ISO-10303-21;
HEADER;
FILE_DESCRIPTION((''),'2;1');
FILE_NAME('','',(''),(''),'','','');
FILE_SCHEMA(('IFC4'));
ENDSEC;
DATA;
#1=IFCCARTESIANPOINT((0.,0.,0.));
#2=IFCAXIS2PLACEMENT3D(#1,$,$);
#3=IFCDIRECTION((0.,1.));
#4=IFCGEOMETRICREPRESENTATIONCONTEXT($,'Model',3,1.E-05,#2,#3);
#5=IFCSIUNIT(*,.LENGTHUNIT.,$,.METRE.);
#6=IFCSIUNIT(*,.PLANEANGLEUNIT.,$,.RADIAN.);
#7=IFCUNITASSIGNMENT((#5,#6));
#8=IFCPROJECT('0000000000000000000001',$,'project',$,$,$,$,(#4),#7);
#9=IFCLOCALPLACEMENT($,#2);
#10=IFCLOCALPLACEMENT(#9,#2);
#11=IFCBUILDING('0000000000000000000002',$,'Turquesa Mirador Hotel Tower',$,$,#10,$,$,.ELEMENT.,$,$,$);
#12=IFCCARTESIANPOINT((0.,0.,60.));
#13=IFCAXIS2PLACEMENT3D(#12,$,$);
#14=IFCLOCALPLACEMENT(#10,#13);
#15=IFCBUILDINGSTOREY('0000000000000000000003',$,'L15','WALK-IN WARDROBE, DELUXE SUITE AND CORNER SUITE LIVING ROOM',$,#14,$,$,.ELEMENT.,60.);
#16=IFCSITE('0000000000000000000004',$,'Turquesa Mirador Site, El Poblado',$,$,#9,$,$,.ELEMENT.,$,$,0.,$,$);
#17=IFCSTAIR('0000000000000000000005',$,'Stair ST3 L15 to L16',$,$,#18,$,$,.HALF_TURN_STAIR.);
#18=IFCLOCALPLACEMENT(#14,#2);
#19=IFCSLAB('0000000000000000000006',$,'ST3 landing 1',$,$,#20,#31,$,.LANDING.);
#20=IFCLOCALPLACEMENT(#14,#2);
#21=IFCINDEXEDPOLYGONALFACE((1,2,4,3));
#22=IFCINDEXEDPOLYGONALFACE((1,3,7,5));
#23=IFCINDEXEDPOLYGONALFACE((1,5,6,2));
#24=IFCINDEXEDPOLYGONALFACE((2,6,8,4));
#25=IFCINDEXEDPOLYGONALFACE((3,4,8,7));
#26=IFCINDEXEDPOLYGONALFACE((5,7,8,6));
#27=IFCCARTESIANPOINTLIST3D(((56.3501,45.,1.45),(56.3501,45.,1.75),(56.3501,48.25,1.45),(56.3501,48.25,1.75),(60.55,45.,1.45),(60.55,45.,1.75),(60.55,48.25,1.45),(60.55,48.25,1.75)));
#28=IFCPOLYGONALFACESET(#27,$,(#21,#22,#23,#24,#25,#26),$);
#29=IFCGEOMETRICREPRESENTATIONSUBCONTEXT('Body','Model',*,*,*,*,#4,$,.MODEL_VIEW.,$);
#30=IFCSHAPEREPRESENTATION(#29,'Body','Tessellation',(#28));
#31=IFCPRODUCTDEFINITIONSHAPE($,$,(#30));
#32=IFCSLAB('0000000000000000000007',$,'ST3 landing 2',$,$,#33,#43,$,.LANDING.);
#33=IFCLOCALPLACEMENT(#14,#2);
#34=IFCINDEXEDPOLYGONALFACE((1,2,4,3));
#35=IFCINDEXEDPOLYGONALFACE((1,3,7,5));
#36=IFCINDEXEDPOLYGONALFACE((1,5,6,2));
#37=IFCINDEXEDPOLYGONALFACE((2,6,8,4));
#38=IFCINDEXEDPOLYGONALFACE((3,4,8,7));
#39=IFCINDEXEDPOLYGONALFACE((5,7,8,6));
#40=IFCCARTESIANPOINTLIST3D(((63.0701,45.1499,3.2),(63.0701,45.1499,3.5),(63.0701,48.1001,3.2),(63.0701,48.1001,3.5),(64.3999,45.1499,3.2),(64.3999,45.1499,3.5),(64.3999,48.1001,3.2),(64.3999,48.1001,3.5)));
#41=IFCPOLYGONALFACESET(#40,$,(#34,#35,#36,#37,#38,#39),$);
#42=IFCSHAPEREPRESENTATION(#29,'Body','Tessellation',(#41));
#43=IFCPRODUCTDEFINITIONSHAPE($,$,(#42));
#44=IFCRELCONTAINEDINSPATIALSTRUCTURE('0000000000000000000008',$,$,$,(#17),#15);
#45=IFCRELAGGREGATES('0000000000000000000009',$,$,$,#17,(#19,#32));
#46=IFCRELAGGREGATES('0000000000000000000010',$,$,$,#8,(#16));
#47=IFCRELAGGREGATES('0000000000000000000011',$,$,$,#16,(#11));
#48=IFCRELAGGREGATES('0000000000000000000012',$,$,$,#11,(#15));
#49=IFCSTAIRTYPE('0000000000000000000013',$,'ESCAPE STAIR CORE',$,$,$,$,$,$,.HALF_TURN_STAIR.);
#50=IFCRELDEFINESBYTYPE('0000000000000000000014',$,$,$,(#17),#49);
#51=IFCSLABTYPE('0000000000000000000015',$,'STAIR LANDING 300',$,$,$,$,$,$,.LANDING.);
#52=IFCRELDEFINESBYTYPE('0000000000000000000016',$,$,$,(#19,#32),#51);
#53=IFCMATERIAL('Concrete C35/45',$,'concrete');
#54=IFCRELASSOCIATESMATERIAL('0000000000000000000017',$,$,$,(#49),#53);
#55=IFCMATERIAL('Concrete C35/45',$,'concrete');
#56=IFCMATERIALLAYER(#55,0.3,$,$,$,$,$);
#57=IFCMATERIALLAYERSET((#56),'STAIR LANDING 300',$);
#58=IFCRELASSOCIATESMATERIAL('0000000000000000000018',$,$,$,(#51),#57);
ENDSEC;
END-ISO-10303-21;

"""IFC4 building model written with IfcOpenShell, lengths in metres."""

from ifc_helpers import new_model, si_unit, direction, frame, origin, place, context, subcontext, project, spatial, polyline, outline, extrude, material, layer, layer_set, type_object, element, aggregate, save


model = new_model("IFC4")

# Units and contexts
model_context = context("Model", 3, precision=1e-05, world=origin(), true_north=direction((0.0, 1.0)))
body_context = subcontext(model_context, "Body", "Model", "MODEL_VIEW")
ifc_project = project(units=[si_unit("LENGTHUNIT", "METRE"), si_unit("PLANEANGLEUNIT", "RADIAN")], contexts=[model_context])

# Site, building, storey
site_placement = place(None, origin())
site = spatial("IfcSite", under=ifc_project, at=site_placement, Name="Turquesa Mirador Site, El Poblado", CompositionType="ELEMENT", RefElevation=0.0)
building_placement = place(site_placement, origin())
building = spatial("IfcBuilding", under=site, at=building_placement, Name="Turquesa Mirador Hotel Tower", CompositionType="ELEMENT")
storey_placement = place(building_placement, frame((0.0, 0.0, 60.0)))
storey = spatial("IfcBuildingStorey", under=building, at=storey_placement, Name="L15", Description="WALK-IN WARDROBE, DELUXE SUITE AND CORNER SUITE LIVING ROOM", CompositionType="ELEMENT", Elevation=60.0)

# Stair, slabs
ifc_material_1 = material(Name="Concrete C35/45", Category="concrete")
stair_type = type_object("IfcStairType", Name="ESCAPE STAIR CORE", PredefinedType="HALF_TURN_STAIR", material=ifc_material_1)
ifc_material_2 = material(Name="Concrete C35/45", Category="concrete")
ifc_layer_1 = layer(ifc_material_2, 0.3)
ifc_layer_set_1 = layer_set([ifc_layer_1], Name="STAIR LANDING 300")
slab_type_1 = type_object("IfcSlabType", Name="STAIR LANDING 300", PredefinedType="LANDING", material=ifc_layer_set_1)
stair_1_placement = place(storey_placement, origin())
stair_1 = element("IfcStair", 1, at=stair_1_placement, inside=storey, type_object=stair_type, Name="Stair ST3 L15 to L16", PredefinedType="HALF_TURN_STAIR")
slab_1_placement = place(storey_placement, frame((0.0, 0.0, 1.45)))
slab_1 = element("IfcSlab", 2, at=slab_1_placement, type_object=slab_type_1, Name="ST3 landing 1", PredefinedType="LANDING", context=body_context, shape_type="SweptSolid", body=[
    extrude(outline(polyline([(56.3501, 45.0), (60.55, 45.0), (60.55, 48.25), (56.3501, 48.25), (56.3501, 45.0)])), origin(), (0.0, 0.0, 1.0), 0.3),
])
slab_2_placement = place(storey_placement, frame((0.0, 0.0, 3.2)))
slab_2 = element("IfcSlab", 3, at=slab_2_placement, type_object=slab_type_1, Name="ST3 landing 2", PredefinedType="LANDING", context=body_context, shape_type="SweptSolid", body=[
    extrude(outline(polyline([(63.0701, 45.1499), (64.3999, 45.1499), (64.3999, 48.1001), (63.0701, 48.1001), (63.0701, 45.1499)])), origin(), (0.0, 0.0, 1.0), 0.3),
])
aggregate(stair_1, [slab_1, slab_2])

save(model, "model.ifc")
